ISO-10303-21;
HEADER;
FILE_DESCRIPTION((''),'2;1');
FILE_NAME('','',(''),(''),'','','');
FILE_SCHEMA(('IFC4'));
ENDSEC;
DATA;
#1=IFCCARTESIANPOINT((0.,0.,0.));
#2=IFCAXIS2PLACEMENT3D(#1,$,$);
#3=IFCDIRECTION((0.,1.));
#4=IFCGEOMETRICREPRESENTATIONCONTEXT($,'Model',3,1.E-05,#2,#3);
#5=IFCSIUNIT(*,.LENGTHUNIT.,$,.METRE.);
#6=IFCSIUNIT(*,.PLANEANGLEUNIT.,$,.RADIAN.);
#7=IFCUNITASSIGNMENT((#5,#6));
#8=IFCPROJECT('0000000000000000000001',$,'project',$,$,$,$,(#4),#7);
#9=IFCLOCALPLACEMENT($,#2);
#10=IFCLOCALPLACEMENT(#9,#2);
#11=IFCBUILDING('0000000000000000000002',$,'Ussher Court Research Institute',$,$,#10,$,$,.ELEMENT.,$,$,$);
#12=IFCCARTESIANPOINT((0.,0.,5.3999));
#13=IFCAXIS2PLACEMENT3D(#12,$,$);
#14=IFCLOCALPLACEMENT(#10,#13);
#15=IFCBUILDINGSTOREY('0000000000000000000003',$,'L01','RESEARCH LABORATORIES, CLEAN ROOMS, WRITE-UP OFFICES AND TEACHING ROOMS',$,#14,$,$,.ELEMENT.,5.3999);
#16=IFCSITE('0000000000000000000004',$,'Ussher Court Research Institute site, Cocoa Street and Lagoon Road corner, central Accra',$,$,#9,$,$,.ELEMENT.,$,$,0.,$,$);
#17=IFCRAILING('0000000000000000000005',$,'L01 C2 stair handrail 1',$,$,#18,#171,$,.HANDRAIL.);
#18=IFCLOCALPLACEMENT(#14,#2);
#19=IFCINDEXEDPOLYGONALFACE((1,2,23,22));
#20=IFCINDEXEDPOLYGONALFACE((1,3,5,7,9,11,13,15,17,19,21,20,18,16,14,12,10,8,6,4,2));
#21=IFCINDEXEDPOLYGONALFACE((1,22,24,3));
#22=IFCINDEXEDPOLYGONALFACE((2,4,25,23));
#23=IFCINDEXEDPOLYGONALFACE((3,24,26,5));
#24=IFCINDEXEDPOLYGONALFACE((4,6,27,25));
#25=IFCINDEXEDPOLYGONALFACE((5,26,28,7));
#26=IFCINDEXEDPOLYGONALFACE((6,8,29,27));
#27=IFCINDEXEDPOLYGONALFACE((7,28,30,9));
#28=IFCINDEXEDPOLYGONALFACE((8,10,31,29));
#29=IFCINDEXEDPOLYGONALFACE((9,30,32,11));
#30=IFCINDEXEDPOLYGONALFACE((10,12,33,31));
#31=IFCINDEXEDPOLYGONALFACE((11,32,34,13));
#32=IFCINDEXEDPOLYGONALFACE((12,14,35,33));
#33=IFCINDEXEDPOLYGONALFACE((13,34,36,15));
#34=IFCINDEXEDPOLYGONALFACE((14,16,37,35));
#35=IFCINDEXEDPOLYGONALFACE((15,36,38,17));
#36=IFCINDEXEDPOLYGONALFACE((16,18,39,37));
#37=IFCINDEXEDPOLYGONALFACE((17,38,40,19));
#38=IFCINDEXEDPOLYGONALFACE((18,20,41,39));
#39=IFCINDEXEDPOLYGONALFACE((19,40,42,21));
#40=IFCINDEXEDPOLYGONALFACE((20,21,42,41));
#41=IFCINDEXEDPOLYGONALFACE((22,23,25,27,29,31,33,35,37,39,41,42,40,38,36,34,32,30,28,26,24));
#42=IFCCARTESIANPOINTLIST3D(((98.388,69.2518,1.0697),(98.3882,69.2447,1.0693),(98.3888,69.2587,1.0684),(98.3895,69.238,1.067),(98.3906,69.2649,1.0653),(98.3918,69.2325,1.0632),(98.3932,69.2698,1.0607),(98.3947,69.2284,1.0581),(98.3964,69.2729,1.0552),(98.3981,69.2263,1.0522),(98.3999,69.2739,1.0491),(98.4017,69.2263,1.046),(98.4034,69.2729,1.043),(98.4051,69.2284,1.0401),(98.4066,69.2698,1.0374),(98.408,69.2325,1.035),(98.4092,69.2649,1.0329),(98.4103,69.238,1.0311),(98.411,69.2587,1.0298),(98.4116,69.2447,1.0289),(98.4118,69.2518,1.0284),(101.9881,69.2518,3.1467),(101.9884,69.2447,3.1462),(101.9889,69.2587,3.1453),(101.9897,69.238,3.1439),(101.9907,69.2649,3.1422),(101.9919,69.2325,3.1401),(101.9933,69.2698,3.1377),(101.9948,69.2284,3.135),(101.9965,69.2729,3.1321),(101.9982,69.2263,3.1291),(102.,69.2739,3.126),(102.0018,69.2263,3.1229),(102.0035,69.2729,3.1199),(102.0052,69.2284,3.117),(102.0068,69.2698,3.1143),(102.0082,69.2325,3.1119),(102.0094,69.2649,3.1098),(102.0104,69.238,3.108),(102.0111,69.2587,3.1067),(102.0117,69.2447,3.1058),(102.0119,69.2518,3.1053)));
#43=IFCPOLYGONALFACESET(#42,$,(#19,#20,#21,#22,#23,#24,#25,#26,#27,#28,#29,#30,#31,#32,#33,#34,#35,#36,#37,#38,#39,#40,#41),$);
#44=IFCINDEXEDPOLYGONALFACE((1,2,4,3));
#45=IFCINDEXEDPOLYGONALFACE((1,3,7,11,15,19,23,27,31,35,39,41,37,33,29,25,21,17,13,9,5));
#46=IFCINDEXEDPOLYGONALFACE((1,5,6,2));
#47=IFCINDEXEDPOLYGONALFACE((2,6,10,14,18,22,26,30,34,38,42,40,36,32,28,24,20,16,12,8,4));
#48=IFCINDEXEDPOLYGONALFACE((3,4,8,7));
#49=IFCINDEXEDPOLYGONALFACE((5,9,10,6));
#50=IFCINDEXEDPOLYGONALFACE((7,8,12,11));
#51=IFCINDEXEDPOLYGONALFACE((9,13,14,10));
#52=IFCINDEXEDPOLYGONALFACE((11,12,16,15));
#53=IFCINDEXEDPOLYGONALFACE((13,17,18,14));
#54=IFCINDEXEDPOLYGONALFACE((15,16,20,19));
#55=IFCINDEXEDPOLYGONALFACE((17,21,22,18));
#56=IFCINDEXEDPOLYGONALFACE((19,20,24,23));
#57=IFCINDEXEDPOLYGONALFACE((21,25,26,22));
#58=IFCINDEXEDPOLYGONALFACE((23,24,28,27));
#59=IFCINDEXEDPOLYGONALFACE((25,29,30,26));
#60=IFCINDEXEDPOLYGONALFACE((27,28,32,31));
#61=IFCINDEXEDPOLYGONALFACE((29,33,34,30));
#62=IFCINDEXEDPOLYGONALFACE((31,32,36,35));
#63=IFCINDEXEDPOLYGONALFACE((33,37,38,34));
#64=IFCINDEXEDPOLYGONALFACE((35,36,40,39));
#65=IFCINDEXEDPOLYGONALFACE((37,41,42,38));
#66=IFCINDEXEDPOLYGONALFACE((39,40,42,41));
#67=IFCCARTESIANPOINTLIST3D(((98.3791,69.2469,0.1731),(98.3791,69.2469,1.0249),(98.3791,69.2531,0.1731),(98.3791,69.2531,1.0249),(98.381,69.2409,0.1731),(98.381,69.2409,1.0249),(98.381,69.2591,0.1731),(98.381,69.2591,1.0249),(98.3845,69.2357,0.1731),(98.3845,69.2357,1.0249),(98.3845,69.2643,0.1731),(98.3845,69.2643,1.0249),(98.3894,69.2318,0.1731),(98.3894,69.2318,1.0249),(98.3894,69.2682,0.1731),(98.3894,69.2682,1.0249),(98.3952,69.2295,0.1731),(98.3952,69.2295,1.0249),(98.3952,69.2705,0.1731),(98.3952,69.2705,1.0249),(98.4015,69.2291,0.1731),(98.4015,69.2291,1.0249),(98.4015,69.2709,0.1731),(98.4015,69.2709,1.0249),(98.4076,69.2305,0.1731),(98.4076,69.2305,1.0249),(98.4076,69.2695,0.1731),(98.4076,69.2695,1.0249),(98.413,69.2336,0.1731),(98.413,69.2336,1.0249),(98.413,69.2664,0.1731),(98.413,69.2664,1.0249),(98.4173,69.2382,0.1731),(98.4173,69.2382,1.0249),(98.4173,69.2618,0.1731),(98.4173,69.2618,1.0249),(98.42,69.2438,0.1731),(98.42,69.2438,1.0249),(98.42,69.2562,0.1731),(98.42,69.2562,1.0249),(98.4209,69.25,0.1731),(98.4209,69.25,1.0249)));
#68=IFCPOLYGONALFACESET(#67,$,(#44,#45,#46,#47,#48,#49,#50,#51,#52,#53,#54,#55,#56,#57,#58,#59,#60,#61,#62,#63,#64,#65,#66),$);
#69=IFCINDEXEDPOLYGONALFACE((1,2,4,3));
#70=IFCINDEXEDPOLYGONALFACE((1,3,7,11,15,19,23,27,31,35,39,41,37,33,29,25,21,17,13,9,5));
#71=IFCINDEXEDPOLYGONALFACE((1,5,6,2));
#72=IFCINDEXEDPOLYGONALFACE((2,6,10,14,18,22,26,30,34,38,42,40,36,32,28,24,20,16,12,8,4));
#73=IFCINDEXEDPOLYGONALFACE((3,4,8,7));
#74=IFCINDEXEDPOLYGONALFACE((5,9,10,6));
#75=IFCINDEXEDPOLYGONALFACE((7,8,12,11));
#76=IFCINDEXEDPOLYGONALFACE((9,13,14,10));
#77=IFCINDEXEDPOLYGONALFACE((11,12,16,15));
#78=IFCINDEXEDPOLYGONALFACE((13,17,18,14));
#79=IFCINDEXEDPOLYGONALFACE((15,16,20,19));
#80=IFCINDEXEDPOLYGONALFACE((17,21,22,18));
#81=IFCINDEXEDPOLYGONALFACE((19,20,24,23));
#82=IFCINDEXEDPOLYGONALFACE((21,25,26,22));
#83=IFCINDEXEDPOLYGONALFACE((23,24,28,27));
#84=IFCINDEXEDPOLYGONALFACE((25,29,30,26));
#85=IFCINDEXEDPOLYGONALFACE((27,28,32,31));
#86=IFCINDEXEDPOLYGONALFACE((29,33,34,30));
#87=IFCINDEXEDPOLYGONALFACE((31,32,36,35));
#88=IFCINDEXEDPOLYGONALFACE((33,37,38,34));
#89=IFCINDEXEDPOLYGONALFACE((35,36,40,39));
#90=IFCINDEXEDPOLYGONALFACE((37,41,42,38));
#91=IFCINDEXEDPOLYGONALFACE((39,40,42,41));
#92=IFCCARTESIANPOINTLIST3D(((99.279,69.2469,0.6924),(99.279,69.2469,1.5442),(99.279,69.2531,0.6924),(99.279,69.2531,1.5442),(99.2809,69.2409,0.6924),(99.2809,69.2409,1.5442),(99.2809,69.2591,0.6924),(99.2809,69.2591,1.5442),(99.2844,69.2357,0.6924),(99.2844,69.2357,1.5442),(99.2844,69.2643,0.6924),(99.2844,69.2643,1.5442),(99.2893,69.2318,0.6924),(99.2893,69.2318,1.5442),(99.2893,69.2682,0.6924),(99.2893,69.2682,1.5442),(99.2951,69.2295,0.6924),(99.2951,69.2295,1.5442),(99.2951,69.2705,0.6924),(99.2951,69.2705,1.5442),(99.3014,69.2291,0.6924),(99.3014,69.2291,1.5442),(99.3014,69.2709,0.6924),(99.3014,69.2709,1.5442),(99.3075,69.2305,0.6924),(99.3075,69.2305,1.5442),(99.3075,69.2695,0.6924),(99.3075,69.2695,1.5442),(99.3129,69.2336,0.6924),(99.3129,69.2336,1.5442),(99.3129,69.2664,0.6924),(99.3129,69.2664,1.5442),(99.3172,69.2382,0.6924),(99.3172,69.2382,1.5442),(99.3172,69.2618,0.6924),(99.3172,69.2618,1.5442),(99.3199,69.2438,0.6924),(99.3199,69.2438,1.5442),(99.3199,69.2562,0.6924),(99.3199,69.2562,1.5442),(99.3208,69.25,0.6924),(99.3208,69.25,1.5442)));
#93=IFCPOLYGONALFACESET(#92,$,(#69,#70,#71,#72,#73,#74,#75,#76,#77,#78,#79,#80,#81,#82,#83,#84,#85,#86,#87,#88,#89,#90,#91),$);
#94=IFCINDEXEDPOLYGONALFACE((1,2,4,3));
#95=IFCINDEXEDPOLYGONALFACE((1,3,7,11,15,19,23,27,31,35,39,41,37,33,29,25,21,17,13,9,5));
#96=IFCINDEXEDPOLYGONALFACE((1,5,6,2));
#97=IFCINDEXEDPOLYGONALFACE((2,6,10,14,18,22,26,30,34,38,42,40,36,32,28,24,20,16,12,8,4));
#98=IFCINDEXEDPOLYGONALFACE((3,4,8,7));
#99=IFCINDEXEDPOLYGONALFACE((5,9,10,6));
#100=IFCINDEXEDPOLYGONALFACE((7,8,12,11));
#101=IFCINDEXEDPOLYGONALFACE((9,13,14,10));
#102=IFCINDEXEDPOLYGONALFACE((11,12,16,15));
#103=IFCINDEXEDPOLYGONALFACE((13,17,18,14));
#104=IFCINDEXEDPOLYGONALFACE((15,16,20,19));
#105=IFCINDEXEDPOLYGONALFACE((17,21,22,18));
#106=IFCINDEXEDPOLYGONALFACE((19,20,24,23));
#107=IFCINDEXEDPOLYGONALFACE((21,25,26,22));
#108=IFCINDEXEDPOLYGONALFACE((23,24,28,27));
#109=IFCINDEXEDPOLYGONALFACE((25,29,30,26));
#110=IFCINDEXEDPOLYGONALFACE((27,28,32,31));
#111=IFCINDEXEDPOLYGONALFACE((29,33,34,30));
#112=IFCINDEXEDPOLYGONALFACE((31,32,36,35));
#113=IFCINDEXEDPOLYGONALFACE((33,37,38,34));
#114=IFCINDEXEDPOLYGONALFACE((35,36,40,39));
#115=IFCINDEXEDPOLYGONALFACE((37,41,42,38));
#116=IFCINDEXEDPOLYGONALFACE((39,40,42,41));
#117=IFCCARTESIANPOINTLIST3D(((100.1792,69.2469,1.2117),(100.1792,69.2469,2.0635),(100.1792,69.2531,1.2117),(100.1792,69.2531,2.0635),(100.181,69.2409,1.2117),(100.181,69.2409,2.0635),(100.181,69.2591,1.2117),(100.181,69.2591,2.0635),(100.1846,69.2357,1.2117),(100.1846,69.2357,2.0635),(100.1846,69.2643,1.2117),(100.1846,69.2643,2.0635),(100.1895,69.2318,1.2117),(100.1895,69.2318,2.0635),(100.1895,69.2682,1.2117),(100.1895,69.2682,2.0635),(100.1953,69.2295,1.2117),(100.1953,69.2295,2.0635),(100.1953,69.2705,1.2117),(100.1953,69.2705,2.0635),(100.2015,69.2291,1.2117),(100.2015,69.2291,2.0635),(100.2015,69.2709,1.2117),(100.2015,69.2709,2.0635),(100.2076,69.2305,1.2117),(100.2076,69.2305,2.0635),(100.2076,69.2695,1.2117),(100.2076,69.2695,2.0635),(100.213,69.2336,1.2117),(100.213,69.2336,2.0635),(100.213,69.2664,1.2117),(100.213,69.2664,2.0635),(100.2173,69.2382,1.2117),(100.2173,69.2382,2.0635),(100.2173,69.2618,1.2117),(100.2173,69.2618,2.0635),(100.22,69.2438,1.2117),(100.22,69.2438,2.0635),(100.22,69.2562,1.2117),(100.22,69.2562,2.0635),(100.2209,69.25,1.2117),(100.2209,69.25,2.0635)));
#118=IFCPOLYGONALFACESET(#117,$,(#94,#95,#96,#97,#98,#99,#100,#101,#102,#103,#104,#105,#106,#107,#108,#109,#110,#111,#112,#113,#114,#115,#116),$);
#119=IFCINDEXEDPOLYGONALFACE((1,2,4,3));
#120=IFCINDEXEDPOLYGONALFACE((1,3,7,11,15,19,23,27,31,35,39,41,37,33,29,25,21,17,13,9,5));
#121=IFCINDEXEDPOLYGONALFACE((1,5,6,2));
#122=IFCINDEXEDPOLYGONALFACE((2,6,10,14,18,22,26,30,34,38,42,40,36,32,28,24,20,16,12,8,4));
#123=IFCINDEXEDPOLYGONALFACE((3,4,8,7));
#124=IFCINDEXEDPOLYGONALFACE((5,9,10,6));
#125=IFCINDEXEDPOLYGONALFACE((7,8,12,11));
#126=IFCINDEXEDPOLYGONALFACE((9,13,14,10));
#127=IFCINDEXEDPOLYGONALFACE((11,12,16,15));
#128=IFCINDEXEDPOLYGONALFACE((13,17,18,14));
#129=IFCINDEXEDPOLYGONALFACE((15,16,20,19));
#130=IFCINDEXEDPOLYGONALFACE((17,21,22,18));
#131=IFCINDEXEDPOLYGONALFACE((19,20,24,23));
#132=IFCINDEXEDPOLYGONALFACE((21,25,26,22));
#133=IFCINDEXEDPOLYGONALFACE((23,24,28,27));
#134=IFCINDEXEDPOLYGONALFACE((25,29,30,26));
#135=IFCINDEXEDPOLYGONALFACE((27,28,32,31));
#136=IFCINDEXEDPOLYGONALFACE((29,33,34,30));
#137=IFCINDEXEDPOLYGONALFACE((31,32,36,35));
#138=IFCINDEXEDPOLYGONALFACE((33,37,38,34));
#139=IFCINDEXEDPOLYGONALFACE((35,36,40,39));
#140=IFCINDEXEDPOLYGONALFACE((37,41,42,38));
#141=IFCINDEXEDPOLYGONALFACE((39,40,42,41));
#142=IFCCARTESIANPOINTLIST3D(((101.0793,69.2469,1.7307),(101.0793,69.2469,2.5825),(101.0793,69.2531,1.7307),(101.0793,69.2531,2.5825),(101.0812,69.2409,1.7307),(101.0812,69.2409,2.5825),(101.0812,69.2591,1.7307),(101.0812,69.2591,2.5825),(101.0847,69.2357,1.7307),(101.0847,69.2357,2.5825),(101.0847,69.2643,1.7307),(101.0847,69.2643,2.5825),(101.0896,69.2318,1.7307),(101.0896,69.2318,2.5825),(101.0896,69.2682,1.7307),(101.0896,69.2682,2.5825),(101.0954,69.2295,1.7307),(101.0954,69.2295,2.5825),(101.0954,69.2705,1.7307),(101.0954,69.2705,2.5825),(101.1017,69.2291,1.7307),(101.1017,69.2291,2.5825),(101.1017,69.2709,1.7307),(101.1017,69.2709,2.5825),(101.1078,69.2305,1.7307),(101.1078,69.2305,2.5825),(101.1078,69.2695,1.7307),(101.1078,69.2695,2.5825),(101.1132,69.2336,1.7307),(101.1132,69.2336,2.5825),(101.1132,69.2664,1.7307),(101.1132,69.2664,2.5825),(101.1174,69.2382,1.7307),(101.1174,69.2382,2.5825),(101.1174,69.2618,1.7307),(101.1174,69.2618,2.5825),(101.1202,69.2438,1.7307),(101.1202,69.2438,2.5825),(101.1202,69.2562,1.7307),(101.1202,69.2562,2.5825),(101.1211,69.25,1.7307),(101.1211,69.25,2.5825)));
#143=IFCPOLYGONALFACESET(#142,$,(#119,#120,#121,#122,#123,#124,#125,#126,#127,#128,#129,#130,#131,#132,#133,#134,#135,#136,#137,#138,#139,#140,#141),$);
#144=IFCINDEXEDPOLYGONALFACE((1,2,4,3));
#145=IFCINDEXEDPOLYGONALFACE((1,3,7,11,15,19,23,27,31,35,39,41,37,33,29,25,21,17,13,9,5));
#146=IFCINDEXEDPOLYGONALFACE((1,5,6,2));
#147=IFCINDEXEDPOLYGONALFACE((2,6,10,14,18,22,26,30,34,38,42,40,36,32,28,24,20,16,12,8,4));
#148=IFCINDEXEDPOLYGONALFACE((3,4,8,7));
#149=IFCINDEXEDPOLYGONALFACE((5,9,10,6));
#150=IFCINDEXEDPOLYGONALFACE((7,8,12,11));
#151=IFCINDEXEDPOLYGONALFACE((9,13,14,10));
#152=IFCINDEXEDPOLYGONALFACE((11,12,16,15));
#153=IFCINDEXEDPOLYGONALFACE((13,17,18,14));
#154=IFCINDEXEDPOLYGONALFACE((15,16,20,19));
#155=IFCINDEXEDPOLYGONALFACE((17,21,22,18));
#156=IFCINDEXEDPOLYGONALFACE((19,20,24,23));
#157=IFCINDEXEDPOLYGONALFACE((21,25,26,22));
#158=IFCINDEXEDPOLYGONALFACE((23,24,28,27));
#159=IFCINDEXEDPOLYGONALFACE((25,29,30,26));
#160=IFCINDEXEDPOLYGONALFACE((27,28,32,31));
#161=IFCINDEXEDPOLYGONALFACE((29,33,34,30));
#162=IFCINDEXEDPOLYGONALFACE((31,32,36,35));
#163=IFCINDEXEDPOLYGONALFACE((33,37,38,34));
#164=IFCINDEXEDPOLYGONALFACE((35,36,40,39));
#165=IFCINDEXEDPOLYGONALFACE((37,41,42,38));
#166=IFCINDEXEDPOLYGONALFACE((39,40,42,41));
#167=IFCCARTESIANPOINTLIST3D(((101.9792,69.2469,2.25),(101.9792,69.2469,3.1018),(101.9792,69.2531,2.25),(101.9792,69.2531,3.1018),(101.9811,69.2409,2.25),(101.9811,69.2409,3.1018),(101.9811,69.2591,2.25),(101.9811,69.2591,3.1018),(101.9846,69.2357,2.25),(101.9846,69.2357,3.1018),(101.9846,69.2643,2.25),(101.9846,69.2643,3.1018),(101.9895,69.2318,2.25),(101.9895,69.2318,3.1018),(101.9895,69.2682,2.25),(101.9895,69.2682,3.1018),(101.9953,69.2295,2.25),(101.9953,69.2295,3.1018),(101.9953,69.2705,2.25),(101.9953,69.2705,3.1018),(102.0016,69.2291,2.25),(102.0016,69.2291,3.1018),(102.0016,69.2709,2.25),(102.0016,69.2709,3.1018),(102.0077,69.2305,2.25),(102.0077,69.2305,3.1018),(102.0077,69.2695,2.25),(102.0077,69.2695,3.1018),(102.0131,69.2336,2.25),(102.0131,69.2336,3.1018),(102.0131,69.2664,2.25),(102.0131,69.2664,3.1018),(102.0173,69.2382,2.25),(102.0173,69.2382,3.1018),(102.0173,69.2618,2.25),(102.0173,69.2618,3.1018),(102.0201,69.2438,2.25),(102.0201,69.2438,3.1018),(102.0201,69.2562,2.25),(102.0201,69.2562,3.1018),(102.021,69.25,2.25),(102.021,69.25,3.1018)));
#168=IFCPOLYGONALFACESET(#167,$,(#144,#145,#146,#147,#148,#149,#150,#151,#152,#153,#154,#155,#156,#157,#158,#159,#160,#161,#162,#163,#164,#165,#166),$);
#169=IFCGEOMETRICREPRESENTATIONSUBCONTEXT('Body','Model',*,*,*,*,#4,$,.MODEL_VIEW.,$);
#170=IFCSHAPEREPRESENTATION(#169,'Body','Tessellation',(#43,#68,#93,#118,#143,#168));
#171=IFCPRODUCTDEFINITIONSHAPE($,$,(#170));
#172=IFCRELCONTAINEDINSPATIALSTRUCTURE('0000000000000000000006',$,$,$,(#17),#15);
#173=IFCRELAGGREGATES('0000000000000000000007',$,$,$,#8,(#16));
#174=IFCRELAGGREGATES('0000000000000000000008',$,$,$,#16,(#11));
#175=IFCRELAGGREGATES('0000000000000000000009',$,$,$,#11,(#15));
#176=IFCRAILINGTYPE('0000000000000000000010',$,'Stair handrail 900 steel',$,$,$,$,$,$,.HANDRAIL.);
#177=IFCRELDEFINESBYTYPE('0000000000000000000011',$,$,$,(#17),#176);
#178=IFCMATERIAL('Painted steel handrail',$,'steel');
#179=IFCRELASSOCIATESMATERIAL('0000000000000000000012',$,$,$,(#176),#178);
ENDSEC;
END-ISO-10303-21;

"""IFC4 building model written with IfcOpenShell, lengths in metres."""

from ifc_helpers import new_model, si_unit, direction, frame, origin, origin_2d, place, context, subcontext, project, spatial, circle, extrude, material, type_object, element, save


model = new_model("IFC4")

# Units and contexts
model_context = context("Model", 3, precision=1e-05, world=origin(), true_north=direction((0.0, 1.0)))
body_context = subcontext(model_context, "Body", "Model", "MODEL_VIEW")
ifc_project = project(units=[si_unit("LENGTHUNIT", "METRE"), si_unit("PLANEANGLEUNIT", "RADIAN")], contexts=[model_context])

# Site, building, storey
site_placement = place(None, origin())
site = spatial("IfcSite", under=ifc_project, at=site_placement, Name="Ussher Court Research Institute site, Cocoa Street and Lagoon Road corner, central Accra", CompositionType="ELEMENT", RefElevation=0.0)
building_placement = place(site_placement, origin())
building = spatial("IfcBuilding", under=site, at=building_placement, Name="Ussher Court Research Institute", CompositionType="ELEMENT")
storey_placement = place(building_placement, frame((0.0, 0.0, 5.3999)))
storey = spatial("IfcBuildingStorey", under=building, at=storey_placement, Name="L01", Description="RESEARCH LABORATORIES, CLEAN ROOMS, WRITE-UP OFFICES AND TEACHING ROOMS", CompositionType="ELEMENT", Elevation=5.3999)

# Railing
ifc_material_1 = material(Name="Painted steel handrail", Category="steel")
railing_type_1 = type_object("IfcRailingType", Name="Stair handrail 900 steel", PredefinedType="HANDRAIL", material=ifc_material_1)
railing_1_placement = place(storey_placement, frame((98.3999, 69.25, 0.1731)))
element("IfcRailing", 1, at=railing_1_placement, inside=storey, type_object=railing_type_1, Name="L01 C2 stair handrail 1", PredefinedType="HANDRAIL", context=body_context, shape_type="SweptSolid", body=[
    extrude(circle(Radius=0.0239, at=origin_2d()), frame((0.0, 0.0, 0.876), z_axis=(0.866193, 0.0, 0.499709), x_axis=(0.0, 1.0, 0.0)), (0.0, 0.0, 1.0), 4.1562),
    extrude(circle(Radius=0.021, at=origin_2d()), origin(), (0.0, 0.0, 1.0), 0.8518),
    extrude(circle(Radius=0.021, at=origin_2d()), frame((0.8999, 0.0, 0.5193)), (0.0, 0.0, 1.0), 0.8518),
    extrude(circle(Radius=0.021, at=origin_2d()), frame((1.8, 0.0, 1.0386)), (0.0, 0.0, 1.0), 0.8518),
    extrude(circle(Radius=0.021, at=origin_2d()), frame((2.7002, 0.0, 1.5576)), (0.0, 0.0, 1.0), 0.8518),
    extrude(circle(Radius=0.021, at=origin_2d()), frame((3.6001, 0.0, 2.0769)), (0.0, 0.0, 1.0), 0.8518),
])

save(model, "model.ifc")
